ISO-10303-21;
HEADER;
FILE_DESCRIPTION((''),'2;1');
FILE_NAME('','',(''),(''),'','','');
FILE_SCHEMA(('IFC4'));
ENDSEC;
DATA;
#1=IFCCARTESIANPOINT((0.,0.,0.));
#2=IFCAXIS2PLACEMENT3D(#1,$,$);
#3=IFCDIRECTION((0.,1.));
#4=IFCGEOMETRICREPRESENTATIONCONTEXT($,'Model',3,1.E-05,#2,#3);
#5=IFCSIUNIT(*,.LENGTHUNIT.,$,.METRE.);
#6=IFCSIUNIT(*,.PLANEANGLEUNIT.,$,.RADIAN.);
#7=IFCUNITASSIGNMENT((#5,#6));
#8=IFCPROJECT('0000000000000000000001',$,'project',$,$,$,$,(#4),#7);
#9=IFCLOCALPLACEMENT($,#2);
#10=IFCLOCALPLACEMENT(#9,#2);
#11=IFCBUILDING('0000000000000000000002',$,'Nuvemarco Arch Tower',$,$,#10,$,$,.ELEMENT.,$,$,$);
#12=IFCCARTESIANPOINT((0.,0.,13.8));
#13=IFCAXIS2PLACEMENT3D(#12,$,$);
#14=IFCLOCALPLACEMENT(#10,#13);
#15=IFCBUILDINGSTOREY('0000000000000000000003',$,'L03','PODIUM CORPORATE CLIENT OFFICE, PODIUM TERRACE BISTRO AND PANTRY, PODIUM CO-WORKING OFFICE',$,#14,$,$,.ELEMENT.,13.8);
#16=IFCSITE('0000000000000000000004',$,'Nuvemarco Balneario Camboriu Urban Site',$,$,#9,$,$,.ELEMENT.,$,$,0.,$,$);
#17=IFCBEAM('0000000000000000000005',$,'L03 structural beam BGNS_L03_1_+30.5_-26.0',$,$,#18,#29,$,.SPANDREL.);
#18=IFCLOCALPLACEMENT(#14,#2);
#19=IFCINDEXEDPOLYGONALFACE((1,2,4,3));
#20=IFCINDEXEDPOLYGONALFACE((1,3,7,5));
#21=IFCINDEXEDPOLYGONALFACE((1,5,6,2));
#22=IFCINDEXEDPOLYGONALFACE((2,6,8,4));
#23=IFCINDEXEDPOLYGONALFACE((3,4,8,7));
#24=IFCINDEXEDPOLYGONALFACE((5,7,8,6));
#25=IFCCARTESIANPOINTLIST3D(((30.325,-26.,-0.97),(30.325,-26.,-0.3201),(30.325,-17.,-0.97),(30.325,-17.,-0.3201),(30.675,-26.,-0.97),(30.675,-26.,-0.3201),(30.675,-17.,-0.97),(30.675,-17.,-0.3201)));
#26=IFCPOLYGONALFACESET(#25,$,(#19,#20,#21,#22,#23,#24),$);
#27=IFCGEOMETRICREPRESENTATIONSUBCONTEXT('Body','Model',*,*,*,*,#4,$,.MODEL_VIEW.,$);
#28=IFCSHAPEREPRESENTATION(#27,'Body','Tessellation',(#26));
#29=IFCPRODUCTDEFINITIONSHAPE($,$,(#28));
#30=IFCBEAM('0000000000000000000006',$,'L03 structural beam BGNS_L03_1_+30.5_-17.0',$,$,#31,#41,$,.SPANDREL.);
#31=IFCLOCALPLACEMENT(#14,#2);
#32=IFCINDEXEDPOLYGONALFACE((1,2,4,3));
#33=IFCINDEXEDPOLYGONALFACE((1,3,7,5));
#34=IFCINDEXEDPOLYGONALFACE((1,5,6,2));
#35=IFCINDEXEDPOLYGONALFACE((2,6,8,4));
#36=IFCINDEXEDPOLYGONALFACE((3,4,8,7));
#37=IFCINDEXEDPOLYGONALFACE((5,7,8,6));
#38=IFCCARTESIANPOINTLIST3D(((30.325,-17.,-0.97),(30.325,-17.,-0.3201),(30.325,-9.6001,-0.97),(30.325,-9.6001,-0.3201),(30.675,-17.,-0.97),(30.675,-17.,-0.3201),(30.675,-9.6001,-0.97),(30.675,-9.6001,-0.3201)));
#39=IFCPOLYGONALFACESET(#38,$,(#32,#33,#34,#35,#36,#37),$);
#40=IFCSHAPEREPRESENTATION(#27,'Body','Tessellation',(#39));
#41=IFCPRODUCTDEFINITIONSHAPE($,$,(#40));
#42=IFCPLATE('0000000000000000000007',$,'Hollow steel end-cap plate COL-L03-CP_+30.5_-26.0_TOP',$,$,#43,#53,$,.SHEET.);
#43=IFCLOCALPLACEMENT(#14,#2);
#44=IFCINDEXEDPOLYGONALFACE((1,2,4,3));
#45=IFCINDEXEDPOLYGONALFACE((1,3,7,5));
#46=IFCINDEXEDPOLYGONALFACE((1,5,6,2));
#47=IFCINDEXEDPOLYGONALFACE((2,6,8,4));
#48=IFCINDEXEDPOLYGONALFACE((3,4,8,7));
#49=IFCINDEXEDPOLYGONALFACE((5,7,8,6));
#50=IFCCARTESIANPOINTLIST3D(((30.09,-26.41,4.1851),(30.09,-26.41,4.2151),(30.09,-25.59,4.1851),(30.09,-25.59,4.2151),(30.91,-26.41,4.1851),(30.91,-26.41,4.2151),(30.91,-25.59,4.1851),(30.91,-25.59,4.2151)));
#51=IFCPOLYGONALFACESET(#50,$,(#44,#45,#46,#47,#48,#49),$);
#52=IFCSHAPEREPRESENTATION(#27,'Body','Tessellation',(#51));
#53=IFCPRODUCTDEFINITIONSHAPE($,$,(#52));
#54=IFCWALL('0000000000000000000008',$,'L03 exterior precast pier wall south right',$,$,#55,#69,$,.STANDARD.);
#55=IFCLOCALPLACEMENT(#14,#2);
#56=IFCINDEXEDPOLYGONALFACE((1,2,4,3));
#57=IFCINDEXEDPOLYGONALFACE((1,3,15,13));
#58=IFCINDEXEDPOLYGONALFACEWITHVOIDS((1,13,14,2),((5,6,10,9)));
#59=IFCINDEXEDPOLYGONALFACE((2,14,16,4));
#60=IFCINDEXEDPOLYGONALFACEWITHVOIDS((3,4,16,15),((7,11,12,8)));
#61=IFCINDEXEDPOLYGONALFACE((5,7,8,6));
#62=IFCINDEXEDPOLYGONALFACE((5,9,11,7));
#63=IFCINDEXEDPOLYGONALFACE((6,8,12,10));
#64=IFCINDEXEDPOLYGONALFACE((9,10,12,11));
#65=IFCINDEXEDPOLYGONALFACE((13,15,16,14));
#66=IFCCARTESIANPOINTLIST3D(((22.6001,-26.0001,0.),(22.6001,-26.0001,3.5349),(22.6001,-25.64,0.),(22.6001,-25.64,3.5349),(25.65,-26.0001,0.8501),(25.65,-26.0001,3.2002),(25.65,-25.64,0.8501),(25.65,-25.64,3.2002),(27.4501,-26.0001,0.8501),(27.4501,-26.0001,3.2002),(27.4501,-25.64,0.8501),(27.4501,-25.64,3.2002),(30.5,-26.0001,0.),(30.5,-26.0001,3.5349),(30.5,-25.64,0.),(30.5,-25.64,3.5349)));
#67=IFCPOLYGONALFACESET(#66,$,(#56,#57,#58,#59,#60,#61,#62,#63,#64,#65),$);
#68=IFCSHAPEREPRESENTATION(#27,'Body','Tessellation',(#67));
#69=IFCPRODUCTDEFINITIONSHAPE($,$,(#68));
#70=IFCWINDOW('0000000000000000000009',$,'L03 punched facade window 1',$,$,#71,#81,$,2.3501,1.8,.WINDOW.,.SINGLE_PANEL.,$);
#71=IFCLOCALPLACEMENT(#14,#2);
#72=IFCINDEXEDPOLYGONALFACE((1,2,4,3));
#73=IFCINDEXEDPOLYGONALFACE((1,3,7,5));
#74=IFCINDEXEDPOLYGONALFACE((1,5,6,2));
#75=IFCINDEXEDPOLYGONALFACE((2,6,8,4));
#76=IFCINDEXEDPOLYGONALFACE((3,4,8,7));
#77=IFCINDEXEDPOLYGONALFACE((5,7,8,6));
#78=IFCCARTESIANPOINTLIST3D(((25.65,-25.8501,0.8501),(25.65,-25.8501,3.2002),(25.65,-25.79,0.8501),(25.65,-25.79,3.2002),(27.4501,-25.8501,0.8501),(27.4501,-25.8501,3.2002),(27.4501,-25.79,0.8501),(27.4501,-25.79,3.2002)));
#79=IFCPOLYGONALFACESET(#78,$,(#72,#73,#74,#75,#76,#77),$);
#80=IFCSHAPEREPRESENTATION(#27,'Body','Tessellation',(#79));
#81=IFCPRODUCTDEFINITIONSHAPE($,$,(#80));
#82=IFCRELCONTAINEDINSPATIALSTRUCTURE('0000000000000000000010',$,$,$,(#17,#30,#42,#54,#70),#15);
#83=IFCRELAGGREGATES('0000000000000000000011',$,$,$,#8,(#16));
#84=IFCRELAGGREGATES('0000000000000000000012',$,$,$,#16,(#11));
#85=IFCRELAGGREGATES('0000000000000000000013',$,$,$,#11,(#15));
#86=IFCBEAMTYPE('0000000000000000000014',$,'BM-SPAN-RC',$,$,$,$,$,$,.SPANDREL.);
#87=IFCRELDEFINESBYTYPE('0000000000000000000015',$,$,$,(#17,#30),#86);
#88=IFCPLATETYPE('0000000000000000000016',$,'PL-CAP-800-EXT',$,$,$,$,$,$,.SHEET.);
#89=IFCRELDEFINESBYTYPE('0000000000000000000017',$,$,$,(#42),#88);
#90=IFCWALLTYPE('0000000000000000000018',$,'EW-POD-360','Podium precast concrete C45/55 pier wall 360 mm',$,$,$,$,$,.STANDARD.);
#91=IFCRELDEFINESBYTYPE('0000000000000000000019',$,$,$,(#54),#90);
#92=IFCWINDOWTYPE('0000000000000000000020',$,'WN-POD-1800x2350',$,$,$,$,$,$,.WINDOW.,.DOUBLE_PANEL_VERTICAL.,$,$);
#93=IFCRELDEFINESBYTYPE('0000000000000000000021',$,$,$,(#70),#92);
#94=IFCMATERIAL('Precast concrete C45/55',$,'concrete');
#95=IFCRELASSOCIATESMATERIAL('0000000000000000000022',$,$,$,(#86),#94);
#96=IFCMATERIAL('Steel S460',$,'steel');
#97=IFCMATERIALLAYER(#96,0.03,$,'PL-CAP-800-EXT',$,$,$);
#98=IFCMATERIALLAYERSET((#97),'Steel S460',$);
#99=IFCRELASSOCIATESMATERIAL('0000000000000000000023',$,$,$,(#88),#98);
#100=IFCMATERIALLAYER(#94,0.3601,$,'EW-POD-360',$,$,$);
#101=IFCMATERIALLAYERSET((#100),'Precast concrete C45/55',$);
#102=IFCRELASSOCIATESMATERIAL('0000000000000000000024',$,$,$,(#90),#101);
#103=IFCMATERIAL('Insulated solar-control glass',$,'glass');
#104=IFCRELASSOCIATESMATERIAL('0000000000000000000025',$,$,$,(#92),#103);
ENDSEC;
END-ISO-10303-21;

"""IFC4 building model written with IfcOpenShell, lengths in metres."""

from ifc_helpers import new_model, si_unit, direction, frame, frame_2d, origin, origin_2d, place, context, subcontext, project, spatial, rectangle, extrude, source, transform, mapped, material, layer, layer_set, material_profile, profile_set, type_object, type_shapes, element, fill, save


model = new_model("IFC4")

# Units and contexts
model_context = context("Model", 3, precision=1e-05, world=origin(), true_north=direction((0.0, 1.0)))
body_context = subcontext(model_context, "Body", "Model", "MODEL_VIEW")
ifc_project = project(units=[si_unit("LENGTHUNIT", "METRE"), si_unit("PLANEANGLEUNIT", "RADIAN")], contexts=[model_context])

# Site, building, storey
site_placement = place(None, origin())
site = spatial("IfcSite", under=ifc_project, at=site_placement, Name="Nuvemarco Balneario Camboriu Urban Site", CompositionType="ELEMENT", RefElevation=0.0)
building_placement = place(site_placement, origin())
building = spatial("IfcBuilding", under=site, at=building_placement, Name="Nuvemarco Arch Tower", CompositionType="ELEMENT")
storey_placement = place(building_placement, frame((0.0, 0.0, 13.8)))
storey = spatial("IfcBuildingStorey", under=building, at=storey_placement, Name="L03", Description="PODIUM CORPORATE CLIENT OFFICE, PODIUM TERRACE BISTRO AND PANTRY, PODIUM CO-WORKING OFFICE", CompositionType="ELEMENT", Elevation=13.8)

# Shared definitions
ifc_material_1 = material(Name="Steel S460", Category="steel")

# Beams
ifc_material_2 = material(Name="Precast concrete C45/55", Category="concrete")
ifc_material_profile_1 = material_profile(ifc_material_2, rectangle(XDim=0.3501, YDim=0.6499, at=origin_2d()), Name="PC-SP-350x650")
ifc_profile_set_1 = profile_set([ifc_material_profile_1], Name="Precast concrete C45/55")
beam_type_1 = type_object("IfcBeamType", Name="BM-SPAN-RC", PredefinedType="SPANDREL", material=ifc_profile_set_1)
beam_1_placement = place(storey_placement, frame((30.5, -26.0, -0.645), z_axis=(0.0, 1.0, 0.0), x_axis=(-1.0, 0.0, 0.0)))
element("IfcBeam", 1, at=beam_1_placement, inside=storey, type_object=beam_type_1, Name="L03 structural beam BGNS_L03_1_+30.5_-26.0", PredefinedType="SPANDREL", context=body_context, shape_type="SweptSolid", body=[
    extrude(rectangle(XDim=0.3501, YDim=0.6499, at=origin_2d()), origin(), (0.0, 0.0, 1.0), 9.0),
])
beam_2_placement = place(storey_placement, frame((30.5, -17.0, -0.645), z_axis=(0.0, 1.0, 0.0), x_axis=(-1.0, 0.0, 0.0)))
element("IfcBeam", 2, at=beam_2_placement, inside=storey, type_object=beam_type_1, Name="L03 structural beam BGNS_L03_1_+30.5_-17.0", PredefinedType="SPANDREL", context=body_context, shape_type="SweptSolid", body=[
    extrude(rectangle(XDim=0.3501, YDim=0.6499, at=origin_2d()), origin(), (0.0, 0.0, 1.0), 7.3999),
])

# Plate
ifc_layer_1 = layer(ifc_material_1, 0.03, Name="PL-CAP-800-EXT")
ifc_layer_set_1 = layer_set([ifc_layer_1], Name="Steel S460")
plate_type = type_object("IfcPlateType", Name="PL-CAP-800-EXT", PredefinedType="SHEET", material=ifc_layer_set_1)
shared_shape_1 = source(origin(), body_context, "Body", "SweptSolid", [
    extrude(rectangle(XDim=0.8201, YDim=0.8201, at=origin_2d()), origin(), (0.0, 0.0, 1.0), 0.03),
])
type_shapes(plate_type, [shared_shape_1])
plate_placement = place(storey_placement, frame((30.5, -26.0, 4.1851), z_axis=(0.0, 0.0, 1.0), x_axis=(1.0, 0.0, 0.0)))
element("IfcPlate", 3, at=plate_placement, inside=storey, type_object=plate_type, Name="Hollow steel end-cap plate COL-L03-CP_+30.5_-26.0_TOP", PredefinedType="SHEET", context=body_context, shape_type="MappedRepresentation", body=[
    mapped(shared_shape_1, transform((0.0, 0.0, 0.0), scale=1.0)),
])

# Wall, opening, window
ifc_layer_2 = layer(ifc_material_2, 0.3601, Name="EW-POD-360")
ifc_layer_set_2 = layer_set([ifc_layer_2], Name="Precast concrete C45/55")
wall_type = type_object("IfcWallType", Name="EW-POD-360", Description="Podium precast concrete C45/55 pier wall 360 mm", PredefinedType="STANDARD", material=ifc_layer_set_2)
wall_1_placement = place(storey_placement, frame((22.6001, -25.8201, 0.0), z_axis=(0.0, 0.0, 1.0), x_axis=(1.0, 0.0, 0.0)))
wall_1 = element("IfcWall", 4, at=wall_1_placement, inside=storey, type_object=wall_type, Name="L03 exterior precast pier wall south right", PredefinedType="STANDARD", context=body_context, shape_type="SweptSolid", body=[
    extrude(rectangle(XDim=7.8999, YDim=0.3601, at=frame_2d((3.95, 0.0))), origin(), (0.0, 0.0, 1.0), 3.5349),
])
opening_1_placement = place(wall_1_placement, frame((3.05, 0.0, 0.8501)))
opening_1 = element("IfcOpeningElement", 5, at=opening_1_placement, cuts=wall_1, PredefinedType="OPENING", context=body_context, shape_type="SweptSolid", body=[
    extrude(rectangle(XDim=1.8, YDim=2.3501, at=frame_2d((0.8999, 1.175))), frame((0.0, 0.1899, 0.0), z_axis=(0.0, -1.0, 0.0), x_axis=(1.0, 0.0, 0.0)), (0.0, 0.0, 1.0), 0.3801),
])
ifc_material_3 = material(Name="Insulated solar-control glass", Category="glass")
window_type_1 = type_object("IfcWindowType", Name="WN-POD-1800x2350", PartitioningType="DOUBLE_PANEL_VERTICAL", PredefinedType="WINDOW", material=ifc_material_3)
shared_shape_2 = source(origin(), body_context, "Body", "SweptSolid", [
    extrude(rectangle(XDim=1.8, YDim=2.3501, at=frame_2d((0.8999, 1.175))), frame((0.0, 0.03, 0.0), z_axis=(0.0, -1.0, 0.0), x_axis=(1.0, 0.0, 0.0)), (0.0, 0.0, 1.0), 0.0601),
])
type_shapes(window_type_1, [shared_shape_2])
window_1_placement = place(opening_1_placement, origin())
window_1 = element("IfcWindow", 6, at=window_1_placement, inside=storey, type_object=window_type_1, Name="L03 punched facade window 1", OverallHeight=2.3501, OverallWidth=1.8, PartitioningType="SINGLE_PANEL", PredefinedType="WINDOW", context=body_context, shape_type="MappedRepresentation", body=[
    mapped(shared_shape_2, transform((0.0, 0.0, 0.0), scale=1.0)),
])
fill(opening_1, window_1)

save(model, "model.ifc")
